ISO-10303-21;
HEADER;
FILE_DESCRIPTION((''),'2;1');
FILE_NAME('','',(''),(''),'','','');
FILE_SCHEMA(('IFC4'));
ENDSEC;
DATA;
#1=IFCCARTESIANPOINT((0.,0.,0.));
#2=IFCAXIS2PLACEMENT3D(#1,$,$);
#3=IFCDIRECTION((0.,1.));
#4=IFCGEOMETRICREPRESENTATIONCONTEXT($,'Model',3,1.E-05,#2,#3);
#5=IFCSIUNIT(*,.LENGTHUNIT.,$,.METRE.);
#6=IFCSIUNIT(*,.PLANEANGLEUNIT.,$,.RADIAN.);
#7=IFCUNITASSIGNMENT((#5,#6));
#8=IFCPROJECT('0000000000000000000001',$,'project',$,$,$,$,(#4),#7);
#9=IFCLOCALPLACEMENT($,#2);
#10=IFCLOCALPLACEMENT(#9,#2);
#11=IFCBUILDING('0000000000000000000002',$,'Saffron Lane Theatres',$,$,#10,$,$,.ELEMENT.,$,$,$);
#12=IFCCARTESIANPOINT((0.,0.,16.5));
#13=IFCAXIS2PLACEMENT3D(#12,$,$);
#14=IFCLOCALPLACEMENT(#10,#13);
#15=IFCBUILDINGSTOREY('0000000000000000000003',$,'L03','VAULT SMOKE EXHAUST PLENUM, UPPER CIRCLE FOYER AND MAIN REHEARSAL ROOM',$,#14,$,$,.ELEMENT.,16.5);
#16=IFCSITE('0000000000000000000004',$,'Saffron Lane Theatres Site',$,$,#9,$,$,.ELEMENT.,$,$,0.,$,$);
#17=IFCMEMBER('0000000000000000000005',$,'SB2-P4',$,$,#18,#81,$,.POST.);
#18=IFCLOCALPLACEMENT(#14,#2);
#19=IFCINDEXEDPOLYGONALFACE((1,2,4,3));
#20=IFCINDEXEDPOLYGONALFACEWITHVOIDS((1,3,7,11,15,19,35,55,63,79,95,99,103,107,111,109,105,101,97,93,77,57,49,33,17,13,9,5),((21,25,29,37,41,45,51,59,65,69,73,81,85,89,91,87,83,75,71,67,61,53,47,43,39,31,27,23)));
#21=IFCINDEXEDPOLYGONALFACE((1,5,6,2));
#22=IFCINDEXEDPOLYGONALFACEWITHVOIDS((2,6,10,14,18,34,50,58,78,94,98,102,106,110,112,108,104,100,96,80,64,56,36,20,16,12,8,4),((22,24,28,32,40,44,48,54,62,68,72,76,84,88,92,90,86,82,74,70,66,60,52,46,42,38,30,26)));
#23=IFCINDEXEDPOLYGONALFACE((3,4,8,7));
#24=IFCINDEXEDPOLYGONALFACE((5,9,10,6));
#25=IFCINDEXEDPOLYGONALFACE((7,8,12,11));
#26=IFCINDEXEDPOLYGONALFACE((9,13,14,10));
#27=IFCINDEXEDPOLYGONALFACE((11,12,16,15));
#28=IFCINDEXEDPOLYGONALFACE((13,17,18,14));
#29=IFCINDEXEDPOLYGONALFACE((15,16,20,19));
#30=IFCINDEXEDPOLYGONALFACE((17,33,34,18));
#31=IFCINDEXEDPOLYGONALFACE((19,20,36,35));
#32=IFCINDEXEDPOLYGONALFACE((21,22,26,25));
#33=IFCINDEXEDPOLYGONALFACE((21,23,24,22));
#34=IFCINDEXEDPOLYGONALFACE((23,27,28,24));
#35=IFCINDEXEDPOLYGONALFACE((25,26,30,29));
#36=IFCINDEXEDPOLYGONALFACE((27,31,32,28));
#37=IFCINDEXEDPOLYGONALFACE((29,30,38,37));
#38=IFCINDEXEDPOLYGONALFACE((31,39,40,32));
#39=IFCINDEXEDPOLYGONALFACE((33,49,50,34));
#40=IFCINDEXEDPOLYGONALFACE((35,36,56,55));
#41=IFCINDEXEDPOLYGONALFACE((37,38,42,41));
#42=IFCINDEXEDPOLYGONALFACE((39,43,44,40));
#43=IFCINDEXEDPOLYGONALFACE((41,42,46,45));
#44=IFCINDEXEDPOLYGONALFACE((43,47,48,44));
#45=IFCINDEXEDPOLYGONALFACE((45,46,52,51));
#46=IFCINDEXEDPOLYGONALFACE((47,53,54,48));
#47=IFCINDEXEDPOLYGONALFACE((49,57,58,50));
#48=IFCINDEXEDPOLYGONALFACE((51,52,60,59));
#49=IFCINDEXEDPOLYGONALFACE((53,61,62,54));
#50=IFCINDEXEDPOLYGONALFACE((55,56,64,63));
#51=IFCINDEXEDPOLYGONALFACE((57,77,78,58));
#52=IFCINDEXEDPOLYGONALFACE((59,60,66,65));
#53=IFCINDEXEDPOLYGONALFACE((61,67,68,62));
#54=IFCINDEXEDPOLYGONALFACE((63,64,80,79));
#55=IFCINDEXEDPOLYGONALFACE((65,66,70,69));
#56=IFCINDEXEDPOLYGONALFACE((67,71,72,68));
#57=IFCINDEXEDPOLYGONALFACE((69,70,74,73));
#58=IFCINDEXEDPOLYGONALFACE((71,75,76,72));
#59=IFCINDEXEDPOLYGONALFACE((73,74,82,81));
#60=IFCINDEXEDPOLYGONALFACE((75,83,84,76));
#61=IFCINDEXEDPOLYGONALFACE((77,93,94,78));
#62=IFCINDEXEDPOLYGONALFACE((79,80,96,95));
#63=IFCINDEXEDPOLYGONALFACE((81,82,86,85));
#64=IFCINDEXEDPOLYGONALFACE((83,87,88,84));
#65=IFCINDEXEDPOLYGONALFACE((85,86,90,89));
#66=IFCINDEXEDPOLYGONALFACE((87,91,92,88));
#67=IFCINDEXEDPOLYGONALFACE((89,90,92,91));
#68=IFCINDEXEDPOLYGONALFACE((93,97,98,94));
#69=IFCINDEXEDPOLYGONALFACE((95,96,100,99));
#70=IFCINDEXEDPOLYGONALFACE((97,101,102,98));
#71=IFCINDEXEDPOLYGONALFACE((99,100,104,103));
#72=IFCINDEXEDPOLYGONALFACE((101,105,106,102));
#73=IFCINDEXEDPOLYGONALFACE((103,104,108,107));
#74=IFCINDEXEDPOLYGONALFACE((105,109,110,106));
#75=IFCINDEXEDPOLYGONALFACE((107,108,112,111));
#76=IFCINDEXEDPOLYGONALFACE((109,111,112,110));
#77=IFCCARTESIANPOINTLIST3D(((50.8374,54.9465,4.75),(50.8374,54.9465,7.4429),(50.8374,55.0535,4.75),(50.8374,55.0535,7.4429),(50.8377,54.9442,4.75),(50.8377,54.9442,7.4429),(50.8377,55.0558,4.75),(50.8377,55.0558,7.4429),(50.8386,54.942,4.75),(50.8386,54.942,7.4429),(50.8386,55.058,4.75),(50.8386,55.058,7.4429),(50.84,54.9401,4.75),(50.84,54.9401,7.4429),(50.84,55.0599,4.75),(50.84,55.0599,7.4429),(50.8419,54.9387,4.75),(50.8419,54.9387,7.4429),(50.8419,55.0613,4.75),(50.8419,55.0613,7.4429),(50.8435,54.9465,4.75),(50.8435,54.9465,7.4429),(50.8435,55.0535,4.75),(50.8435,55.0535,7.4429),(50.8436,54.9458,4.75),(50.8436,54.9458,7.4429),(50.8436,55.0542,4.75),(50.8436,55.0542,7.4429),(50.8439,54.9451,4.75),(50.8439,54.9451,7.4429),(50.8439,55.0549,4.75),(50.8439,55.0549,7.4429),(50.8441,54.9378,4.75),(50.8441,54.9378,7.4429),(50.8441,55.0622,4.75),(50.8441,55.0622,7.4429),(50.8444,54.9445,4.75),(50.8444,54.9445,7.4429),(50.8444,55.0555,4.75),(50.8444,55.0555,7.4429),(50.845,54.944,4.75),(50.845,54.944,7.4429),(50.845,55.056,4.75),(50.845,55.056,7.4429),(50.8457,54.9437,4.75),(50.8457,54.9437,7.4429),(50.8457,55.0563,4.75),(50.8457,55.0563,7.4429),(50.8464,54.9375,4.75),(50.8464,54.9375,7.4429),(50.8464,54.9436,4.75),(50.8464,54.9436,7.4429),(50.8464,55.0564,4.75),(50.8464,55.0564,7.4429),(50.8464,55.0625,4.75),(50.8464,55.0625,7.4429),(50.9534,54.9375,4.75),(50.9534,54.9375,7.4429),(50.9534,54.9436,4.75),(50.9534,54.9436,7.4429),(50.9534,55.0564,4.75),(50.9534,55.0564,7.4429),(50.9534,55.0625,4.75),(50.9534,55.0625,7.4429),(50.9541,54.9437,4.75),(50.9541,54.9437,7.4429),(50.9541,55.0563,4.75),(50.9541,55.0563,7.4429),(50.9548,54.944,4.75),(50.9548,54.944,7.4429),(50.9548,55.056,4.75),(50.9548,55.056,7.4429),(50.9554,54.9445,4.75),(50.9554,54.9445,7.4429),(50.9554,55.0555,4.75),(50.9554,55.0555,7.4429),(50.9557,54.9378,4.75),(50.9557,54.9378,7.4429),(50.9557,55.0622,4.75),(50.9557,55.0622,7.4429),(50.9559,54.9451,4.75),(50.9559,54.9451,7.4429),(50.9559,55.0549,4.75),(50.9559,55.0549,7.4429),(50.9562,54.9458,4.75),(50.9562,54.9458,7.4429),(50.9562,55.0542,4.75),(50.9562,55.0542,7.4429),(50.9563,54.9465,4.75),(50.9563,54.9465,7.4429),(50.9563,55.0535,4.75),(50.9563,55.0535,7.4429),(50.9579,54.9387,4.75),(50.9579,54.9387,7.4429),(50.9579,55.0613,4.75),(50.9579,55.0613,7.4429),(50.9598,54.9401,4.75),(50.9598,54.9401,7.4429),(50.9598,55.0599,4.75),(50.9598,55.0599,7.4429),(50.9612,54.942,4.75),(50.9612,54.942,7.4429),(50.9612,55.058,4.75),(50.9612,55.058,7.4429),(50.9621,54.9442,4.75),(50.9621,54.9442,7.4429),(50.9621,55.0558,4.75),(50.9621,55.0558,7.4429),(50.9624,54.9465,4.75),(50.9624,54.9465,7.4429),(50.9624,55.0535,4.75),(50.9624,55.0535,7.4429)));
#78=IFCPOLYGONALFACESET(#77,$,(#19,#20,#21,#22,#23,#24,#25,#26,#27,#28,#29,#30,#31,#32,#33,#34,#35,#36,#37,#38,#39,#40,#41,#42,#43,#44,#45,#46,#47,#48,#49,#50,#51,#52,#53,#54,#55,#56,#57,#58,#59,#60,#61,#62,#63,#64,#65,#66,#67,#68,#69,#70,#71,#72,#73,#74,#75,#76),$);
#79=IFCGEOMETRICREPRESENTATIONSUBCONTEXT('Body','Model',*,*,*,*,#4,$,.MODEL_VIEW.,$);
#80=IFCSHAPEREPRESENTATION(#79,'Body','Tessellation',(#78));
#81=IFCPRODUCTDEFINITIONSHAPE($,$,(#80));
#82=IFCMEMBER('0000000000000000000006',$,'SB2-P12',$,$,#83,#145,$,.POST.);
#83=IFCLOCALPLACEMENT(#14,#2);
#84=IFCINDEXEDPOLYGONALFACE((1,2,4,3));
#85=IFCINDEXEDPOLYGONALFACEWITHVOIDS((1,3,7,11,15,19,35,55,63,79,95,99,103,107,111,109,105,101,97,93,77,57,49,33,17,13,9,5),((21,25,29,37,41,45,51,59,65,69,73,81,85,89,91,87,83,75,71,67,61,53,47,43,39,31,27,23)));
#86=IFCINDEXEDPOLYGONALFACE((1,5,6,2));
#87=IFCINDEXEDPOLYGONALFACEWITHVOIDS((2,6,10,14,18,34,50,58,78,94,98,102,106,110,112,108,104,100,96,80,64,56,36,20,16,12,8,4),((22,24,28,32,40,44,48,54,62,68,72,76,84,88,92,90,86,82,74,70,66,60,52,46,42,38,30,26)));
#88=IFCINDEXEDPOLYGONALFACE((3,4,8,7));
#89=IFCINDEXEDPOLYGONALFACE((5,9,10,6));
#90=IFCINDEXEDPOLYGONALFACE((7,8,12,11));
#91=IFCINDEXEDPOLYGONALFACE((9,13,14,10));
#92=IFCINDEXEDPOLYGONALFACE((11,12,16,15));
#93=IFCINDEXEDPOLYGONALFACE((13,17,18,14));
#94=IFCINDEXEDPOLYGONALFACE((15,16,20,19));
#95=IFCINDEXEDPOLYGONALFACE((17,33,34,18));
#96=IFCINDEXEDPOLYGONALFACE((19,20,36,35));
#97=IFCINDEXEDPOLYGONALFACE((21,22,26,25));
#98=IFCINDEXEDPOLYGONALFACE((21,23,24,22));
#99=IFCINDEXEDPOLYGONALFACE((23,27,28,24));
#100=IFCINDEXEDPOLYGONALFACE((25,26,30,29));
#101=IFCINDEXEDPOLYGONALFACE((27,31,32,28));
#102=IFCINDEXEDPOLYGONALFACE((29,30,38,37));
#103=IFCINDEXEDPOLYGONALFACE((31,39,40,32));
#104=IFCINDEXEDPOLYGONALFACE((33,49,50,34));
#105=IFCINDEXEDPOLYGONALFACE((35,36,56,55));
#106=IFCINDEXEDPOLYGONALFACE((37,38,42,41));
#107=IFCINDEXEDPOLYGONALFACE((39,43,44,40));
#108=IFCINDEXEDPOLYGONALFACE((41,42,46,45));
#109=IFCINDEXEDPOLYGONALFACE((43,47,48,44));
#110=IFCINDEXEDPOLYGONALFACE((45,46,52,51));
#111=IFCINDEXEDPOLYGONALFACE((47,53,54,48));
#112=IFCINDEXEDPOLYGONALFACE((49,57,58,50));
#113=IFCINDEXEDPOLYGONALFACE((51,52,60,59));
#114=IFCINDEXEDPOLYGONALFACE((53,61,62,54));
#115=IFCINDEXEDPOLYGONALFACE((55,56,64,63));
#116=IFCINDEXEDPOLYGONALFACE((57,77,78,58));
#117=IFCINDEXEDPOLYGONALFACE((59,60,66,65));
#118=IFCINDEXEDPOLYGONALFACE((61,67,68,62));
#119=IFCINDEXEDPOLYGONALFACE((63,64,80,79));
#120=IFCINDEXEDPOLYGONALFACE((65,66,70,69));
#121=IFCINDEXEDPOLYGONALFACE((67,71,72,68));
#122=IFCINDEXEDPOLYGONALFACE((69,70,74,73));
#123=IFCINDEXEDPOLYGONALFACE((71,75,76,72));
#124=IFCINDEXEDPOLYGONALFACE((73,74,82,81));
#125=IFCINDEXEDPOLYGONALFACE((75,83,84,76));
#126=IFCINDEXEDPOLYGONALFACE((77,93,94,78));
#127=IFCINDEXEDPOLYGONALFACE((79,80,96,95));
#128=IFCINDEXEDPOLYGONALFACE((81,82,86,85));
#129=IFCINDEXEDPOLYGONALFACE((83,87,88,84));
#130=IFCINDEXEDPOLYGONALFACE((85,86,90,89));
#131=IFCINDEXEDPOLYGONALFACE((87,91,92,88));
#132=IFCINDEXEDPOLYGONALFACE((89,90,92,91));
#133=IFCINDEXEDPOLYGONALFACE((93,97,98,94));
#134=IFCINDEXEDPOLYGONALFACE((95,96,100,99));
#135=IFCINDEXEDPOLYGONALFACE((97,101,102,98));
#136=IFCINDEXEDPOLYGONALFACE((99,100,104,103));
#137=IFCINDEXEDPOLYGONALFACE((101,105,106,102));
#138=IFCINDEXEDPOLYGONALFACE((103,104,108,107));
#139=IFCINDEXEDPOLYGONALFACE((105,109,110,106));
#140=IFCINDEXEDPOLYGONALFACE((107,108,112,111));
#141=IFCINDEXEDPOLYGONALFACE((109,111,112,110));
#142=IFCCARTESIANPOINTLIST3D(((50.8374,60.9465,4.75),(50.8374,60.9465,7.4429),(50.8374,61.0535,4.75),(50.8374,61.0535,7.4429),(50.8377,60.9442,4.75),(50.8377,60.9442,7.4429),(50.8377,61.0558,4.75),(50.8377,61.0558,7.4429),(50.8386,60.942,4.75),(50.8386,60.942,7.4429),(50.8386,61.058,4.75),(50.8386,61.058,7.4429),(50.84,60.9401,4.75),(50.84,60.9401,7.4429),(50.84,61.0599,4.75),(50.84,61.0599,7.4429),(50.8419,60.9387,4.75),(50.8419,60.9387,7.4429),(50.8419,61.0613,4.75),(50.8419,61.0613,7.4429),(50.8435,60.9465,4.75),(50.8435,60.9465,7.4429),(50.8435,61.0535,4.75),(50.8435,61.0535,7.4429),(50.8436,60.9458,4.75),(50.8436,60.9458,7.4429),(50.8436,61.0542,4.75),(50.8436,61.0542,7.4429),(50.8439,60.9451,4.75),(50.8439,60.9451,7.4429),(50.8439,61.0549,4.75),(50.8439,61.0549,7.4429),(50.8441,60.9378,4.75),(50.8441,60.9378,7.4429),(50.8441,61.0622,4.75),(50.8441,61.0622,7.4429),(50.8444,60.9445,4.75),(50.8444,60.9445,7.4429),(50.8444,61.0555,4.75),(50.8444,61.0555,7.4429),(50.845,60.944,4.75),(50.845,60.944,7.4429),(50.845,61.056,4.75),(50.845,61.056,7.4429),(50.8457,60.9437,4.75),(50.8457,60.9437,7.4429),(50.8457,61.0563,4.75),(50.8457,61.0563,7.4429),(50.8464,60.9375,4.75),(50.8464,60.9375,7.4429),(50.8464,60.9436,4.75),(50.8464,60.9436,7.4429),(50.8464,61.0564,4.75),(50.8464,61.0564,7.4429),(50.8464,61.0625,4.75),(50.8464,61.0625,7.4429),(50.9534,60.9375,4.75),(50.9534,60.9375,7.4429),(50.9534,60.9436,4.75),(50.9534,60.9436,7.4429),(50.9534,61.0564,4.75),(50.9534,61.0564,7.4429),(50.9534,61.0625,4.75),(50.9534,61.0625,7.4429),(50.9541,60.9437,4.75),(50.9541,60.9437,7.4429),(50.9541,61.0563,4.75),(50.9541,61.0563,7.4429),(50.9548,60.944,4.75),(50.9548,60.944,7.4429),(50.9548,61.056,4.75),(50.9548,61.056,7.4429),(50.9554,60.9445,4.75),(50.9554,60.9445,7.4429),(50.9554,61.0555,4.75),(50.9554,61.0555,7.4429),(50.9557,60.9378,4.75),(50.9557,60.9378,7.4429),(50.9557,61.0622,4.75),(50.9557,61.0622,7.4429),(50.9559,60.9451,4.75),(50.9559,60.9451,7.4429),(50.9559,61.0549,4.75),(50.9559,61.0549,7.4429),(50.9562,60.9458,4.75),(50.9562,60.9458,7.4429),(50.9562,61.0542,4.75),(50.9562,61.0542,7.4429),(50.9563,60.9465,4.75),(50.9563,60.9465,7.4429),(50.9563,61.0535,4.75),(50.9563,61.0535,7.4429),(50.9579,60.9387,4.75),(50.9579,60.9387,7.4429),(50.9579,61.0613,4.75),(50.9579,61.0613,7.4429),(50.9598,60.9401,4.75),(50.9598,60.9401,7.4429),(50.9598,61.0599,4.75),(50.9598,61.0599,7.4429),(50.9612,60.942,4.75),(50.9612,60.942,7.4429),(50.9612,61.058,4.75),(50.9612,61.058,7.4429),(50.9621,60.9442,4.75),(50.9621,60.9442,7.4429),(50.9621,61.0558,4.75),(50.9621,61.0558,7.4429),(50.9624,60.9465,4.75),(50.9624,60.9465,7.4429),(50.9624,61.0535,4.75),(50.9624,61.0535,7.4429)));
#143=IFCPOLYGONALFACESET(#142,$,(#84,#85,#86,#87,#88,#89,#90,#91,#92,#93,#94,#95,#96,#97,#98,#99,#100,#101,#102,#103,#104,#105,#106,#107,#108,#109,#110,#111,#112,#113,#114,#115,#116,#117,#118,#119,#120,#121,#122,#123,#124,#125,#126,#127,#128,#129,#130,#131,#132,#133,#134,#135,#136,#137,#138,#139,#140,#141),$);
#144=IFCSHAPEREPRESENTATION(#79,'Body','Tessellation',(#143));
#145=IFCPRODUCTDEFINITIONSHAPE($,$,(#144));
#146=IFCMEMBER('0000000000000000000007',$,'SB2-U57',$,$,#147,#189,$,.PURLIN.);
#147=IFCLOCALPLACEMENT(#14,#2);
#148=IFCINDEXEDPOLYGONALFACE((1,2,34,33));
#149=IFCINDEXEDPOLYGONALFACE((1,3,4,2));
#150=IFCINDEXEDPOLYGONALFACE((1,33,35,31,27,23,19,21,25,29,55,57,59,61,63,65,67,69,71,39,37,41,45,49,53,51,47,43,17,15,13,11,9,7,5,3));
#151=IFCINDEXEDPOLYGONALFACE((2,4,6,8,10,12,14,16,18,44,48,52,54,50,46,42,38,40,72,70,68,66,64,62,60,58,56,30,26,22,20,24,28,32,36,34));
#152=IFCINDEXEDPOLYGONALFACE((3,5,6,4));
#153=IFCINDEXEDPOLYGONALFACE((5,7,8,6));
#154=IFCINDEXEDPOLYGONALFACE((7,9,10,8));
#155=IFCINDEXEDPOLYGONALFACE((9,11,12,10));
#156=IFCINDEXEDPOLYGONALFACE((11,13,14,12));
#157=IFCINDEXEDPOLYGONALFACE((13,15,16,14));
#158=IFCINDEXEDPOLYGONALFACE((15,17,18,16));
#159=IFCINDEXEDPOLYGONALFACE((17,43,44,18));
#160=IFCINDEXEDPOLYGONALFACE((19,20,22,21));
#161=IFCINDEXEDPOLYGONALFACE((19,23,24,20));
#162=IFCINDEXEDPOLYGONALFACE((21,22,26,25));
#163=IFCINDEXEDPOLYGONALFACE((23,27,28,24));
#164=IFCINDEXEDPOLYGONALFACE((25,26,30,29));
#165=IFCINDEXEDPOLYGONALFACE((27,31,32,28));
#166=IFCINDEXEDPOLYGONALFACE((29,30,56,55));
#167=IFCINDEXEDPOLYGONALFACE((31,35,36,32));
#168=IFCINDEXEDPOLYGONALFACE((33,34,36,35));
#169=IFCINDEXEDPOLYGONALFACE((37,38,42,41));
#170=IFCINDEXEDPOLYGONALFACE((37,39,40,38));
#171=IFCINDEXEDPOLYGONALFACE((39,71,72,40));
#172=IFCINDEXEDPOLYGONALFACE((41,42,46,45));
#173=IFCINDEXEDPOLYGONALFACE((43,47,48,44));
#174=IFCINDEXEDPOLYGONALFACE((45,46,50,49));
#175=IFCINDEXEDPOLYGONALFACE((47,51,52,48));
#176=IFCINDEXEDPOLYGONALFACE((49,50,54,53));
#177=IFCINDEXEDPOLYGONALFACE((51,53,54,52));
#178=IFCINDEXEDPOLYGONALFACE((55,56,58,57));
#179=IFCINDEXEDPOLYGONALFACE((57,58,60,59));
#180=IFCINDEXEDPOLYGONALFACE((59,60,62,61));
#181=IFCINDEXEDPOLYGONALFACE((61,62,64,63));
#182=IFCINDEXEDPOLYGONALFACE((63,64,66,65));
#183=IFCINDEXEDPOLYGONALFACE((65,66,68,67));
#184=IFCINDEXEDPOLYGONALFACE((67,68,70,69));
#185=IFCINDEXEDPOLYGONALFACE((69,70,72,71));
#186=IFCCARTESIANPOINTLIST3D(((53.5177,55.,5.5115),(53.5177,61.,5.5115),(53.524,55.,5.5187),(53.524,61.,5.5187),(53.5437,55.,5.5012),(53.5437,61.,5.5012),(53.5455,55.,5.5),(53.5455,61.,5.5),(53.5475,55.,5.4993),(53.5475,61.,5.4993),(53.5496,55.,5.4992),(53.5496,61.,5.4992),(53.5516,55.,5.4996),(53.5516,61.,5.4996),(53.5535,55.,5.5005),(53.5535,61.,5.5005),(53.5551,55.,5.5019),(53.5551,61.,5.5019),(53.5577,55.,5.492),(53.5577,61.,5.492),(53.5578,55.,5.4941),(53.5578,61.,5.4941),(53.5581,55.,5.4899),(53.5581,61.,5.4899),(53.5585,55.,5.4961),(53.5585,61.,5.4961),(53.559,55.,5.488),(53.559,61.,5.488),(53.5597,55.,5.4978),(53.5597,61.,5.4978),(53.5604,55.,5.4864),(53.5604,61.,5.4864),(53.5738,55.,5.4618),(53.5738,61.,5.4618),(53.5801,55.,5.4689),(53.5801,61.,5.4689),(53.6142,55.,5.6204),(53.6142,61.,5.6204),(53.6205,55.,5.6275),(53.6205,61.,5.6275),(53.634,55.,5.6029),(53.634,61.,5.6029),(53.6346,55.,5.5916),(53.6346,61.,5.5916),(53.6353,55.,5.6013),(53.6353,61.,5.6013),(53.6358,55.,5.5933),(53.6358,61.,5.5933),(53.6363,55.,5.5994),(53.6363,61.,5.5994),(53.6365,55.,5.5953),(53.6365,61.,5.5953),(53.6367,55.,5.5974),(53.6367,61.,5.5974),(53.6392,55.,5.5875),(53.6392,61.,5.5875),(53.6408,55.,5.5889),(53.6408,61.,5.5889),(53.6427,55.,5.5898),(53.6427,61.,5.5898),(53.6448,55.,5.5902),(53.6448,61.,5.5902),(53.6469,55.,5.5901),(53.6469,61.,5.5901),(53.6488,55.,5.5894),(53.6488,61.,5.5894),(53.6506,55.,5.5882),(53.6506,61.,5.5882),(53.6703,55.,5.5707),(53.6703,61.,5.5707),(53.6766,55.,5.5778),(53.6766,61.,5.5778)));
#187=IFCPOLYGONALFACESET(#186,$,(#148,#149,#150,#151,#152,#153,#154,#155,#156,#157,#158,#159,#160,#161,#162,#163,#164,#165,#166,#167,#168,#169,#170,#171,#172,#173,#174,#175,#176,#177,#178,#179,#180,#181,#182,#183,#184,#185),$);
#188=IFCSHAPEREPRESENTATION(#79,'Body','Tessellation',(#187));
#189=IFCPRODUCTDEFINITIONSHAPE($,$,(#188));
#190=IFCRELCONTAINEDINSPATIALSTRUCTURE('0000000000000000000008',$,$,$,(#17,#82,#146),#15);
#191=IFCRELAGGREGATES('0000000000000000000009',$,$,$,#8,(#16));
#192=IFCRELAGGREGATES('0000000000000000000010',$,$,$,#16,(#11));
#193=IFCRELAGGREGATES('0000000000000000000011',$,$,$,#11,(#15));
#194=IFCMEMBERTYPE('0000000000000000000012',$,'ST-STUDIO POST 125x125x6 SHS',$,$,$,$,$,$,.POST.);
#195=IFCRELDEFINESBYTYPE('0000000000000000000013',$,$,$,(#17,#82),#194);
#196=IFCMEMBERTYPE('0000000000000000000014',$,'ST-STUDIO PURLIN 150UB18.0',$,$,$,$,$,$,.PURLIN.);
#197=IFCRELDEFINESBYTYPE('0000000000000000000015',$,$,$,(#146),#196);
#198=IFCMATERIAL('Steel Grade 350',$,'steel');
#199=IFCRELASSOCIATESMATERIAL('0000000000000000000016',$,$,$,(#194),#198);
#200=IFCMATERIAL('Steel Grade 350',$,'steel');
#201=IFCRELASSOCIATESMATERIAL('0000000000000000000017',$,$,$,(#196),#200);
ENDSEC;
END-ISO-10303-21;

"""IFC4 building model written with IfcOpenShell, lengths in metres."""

from ifc_helpers import new_model, si_unit, direction, frame, origin, origin_2d, place, context, subcontext, project, spatial, hollow_rectangle, i_section, extrude, material, material_profile, profile_set, type_object, element, save


model = new_model("IFC4")

# Units and contexts
model_context = context("Model", 3, precision=1e-05, world=origin(), true_north=direction((0.0, 1.0)))
body_context = subcontext(model_context, "Body", "Model", "MODEL_VIEW")
ifc_project = project(units=[si_unit("LENGTHUNIT", "METRE"), si_unit("PLANEANGLEUNIT", "RADIAN")], contexts=[model_context])

# Site, building, storey
site_placement = place(None, origin())
site = spatial("IfcSite", under=ifc_project, at=site_placement, Name="Saffron Lane Theatres Site", CompositionType="ELEMENT", RefElevation=0.0)
building_placement = place(site_placement, origin())
building = spatial("IfcBuilding", under=site, at=building_placement, Name="Saffron Lane Theatres", CompositionType="ELEMENT")
storey_placement = place(building_placement, frame((0.0, 0.0, 16.5)))
storey = spatial("IfcBuildingStorey", under=building, at=storey_placement, Name="L03", Description="VAULT SMOKE EXHAUST PLENUM, UPPER CIRCLE FOYER AND MAIN REHEARSAL ROOM", CompositionType="ELEMENT", Elevation=16.5)

# Members
ifc_material_1 = material(Name="Steel Grade 350", Category="steel")
ifc_material_profile_1 = material_profile(ifc_material_1, hollow_rectangle(XDim=0.125, YDim=0.125, WallThickness=0.0061, InnerFilletRadius=0.0029, OuterFilletRadius=0.009, at=origin_2d()))
ifc_profile_set_1 = profile_set([ifc_material_profile_1], Name="Steel Grade 350")
member_type_1 = type_object("IfcMemberType", Name="ST-STUDIO POST 125x125x6 SHS", PredefinedType="POST", material=ifc_profile_set_1)
for number, where, z_axis, x_axis, name in (
    (1, (50.8999, 55.0, 4.75), (0.0, 0.0, 1.0), (1.0, 0.0, 0.0), "SB2-P4"),
    (2, (50.8999, 61.0, 4.75), (0.0, 0.0, 1.0), (1.0, 0.0, 0.0), "SB2-P12"),
):
    element("IfcMember", number, at=place(storey_placement, frame(where, z_axis=z_axis, x_axis=x_axis)), inside=storey, type_object=member_type_1, Name=name, PredefinedType="POST", context=body_context, shape_type="SweptSolid", body=[
        extrude(hollow_rectangle(XDim=0.125, YDim=0.125, WallThickness=0.0061, InnerFilletRadius=0.0029, OuterFilletRadius=0.009, at=origin_2d()), origin(), (0.0, 0.0, 1.0), 2.6929),
    ])
ifc_material_2 = material(Name="Steel Grade 350", Category="steel")
ifc_material_profile_2 = material_profile(ifc_material_2, i_section(OverallWidth=0.075, OverallDepth=0.155, WebThickness=0.0061, FlangeThickness=0.0095, FilletRadius=0.0081, at=origin_2d()))
ifc_profile_set_2 = profile_set([ifc_material_profile_2], Name="Steel Grade 350")
member_type_2 = type_object("IfcMemberType", Name="ST-STUDIO PURLIN 150UB18.0", PredefinedType="PURLIN", material=ifc_profile_set_2)
for number, where, z_axis, x_axis, name in (
    (3, (53.5972, 55.0, 5.5447), (0.0, 1.0, 0.0), (-0.748269, 0.0, 0.663396), "SB2-U57"),
):
    element("IfcMember", number, at=place(storey_placement, frame(where, z_axis=z_axis, x_axis=x_axis)), inside=storey, type_object=member_type_2, Name=name, PredefinedType="PURLIN", context=body_context, shape_type="SweptSolid", body=[
        extrude(i_section(OverallWidth=0.075, OverallDepth=0.155, WebThickness=0.0061, FlangeThickness=0.0095, FilletRadius=0.0081, at=origin_2d()), origin(), (0.0, 0.0, 1.0), 6.0),
    ])

save(model, "model.ifc")
